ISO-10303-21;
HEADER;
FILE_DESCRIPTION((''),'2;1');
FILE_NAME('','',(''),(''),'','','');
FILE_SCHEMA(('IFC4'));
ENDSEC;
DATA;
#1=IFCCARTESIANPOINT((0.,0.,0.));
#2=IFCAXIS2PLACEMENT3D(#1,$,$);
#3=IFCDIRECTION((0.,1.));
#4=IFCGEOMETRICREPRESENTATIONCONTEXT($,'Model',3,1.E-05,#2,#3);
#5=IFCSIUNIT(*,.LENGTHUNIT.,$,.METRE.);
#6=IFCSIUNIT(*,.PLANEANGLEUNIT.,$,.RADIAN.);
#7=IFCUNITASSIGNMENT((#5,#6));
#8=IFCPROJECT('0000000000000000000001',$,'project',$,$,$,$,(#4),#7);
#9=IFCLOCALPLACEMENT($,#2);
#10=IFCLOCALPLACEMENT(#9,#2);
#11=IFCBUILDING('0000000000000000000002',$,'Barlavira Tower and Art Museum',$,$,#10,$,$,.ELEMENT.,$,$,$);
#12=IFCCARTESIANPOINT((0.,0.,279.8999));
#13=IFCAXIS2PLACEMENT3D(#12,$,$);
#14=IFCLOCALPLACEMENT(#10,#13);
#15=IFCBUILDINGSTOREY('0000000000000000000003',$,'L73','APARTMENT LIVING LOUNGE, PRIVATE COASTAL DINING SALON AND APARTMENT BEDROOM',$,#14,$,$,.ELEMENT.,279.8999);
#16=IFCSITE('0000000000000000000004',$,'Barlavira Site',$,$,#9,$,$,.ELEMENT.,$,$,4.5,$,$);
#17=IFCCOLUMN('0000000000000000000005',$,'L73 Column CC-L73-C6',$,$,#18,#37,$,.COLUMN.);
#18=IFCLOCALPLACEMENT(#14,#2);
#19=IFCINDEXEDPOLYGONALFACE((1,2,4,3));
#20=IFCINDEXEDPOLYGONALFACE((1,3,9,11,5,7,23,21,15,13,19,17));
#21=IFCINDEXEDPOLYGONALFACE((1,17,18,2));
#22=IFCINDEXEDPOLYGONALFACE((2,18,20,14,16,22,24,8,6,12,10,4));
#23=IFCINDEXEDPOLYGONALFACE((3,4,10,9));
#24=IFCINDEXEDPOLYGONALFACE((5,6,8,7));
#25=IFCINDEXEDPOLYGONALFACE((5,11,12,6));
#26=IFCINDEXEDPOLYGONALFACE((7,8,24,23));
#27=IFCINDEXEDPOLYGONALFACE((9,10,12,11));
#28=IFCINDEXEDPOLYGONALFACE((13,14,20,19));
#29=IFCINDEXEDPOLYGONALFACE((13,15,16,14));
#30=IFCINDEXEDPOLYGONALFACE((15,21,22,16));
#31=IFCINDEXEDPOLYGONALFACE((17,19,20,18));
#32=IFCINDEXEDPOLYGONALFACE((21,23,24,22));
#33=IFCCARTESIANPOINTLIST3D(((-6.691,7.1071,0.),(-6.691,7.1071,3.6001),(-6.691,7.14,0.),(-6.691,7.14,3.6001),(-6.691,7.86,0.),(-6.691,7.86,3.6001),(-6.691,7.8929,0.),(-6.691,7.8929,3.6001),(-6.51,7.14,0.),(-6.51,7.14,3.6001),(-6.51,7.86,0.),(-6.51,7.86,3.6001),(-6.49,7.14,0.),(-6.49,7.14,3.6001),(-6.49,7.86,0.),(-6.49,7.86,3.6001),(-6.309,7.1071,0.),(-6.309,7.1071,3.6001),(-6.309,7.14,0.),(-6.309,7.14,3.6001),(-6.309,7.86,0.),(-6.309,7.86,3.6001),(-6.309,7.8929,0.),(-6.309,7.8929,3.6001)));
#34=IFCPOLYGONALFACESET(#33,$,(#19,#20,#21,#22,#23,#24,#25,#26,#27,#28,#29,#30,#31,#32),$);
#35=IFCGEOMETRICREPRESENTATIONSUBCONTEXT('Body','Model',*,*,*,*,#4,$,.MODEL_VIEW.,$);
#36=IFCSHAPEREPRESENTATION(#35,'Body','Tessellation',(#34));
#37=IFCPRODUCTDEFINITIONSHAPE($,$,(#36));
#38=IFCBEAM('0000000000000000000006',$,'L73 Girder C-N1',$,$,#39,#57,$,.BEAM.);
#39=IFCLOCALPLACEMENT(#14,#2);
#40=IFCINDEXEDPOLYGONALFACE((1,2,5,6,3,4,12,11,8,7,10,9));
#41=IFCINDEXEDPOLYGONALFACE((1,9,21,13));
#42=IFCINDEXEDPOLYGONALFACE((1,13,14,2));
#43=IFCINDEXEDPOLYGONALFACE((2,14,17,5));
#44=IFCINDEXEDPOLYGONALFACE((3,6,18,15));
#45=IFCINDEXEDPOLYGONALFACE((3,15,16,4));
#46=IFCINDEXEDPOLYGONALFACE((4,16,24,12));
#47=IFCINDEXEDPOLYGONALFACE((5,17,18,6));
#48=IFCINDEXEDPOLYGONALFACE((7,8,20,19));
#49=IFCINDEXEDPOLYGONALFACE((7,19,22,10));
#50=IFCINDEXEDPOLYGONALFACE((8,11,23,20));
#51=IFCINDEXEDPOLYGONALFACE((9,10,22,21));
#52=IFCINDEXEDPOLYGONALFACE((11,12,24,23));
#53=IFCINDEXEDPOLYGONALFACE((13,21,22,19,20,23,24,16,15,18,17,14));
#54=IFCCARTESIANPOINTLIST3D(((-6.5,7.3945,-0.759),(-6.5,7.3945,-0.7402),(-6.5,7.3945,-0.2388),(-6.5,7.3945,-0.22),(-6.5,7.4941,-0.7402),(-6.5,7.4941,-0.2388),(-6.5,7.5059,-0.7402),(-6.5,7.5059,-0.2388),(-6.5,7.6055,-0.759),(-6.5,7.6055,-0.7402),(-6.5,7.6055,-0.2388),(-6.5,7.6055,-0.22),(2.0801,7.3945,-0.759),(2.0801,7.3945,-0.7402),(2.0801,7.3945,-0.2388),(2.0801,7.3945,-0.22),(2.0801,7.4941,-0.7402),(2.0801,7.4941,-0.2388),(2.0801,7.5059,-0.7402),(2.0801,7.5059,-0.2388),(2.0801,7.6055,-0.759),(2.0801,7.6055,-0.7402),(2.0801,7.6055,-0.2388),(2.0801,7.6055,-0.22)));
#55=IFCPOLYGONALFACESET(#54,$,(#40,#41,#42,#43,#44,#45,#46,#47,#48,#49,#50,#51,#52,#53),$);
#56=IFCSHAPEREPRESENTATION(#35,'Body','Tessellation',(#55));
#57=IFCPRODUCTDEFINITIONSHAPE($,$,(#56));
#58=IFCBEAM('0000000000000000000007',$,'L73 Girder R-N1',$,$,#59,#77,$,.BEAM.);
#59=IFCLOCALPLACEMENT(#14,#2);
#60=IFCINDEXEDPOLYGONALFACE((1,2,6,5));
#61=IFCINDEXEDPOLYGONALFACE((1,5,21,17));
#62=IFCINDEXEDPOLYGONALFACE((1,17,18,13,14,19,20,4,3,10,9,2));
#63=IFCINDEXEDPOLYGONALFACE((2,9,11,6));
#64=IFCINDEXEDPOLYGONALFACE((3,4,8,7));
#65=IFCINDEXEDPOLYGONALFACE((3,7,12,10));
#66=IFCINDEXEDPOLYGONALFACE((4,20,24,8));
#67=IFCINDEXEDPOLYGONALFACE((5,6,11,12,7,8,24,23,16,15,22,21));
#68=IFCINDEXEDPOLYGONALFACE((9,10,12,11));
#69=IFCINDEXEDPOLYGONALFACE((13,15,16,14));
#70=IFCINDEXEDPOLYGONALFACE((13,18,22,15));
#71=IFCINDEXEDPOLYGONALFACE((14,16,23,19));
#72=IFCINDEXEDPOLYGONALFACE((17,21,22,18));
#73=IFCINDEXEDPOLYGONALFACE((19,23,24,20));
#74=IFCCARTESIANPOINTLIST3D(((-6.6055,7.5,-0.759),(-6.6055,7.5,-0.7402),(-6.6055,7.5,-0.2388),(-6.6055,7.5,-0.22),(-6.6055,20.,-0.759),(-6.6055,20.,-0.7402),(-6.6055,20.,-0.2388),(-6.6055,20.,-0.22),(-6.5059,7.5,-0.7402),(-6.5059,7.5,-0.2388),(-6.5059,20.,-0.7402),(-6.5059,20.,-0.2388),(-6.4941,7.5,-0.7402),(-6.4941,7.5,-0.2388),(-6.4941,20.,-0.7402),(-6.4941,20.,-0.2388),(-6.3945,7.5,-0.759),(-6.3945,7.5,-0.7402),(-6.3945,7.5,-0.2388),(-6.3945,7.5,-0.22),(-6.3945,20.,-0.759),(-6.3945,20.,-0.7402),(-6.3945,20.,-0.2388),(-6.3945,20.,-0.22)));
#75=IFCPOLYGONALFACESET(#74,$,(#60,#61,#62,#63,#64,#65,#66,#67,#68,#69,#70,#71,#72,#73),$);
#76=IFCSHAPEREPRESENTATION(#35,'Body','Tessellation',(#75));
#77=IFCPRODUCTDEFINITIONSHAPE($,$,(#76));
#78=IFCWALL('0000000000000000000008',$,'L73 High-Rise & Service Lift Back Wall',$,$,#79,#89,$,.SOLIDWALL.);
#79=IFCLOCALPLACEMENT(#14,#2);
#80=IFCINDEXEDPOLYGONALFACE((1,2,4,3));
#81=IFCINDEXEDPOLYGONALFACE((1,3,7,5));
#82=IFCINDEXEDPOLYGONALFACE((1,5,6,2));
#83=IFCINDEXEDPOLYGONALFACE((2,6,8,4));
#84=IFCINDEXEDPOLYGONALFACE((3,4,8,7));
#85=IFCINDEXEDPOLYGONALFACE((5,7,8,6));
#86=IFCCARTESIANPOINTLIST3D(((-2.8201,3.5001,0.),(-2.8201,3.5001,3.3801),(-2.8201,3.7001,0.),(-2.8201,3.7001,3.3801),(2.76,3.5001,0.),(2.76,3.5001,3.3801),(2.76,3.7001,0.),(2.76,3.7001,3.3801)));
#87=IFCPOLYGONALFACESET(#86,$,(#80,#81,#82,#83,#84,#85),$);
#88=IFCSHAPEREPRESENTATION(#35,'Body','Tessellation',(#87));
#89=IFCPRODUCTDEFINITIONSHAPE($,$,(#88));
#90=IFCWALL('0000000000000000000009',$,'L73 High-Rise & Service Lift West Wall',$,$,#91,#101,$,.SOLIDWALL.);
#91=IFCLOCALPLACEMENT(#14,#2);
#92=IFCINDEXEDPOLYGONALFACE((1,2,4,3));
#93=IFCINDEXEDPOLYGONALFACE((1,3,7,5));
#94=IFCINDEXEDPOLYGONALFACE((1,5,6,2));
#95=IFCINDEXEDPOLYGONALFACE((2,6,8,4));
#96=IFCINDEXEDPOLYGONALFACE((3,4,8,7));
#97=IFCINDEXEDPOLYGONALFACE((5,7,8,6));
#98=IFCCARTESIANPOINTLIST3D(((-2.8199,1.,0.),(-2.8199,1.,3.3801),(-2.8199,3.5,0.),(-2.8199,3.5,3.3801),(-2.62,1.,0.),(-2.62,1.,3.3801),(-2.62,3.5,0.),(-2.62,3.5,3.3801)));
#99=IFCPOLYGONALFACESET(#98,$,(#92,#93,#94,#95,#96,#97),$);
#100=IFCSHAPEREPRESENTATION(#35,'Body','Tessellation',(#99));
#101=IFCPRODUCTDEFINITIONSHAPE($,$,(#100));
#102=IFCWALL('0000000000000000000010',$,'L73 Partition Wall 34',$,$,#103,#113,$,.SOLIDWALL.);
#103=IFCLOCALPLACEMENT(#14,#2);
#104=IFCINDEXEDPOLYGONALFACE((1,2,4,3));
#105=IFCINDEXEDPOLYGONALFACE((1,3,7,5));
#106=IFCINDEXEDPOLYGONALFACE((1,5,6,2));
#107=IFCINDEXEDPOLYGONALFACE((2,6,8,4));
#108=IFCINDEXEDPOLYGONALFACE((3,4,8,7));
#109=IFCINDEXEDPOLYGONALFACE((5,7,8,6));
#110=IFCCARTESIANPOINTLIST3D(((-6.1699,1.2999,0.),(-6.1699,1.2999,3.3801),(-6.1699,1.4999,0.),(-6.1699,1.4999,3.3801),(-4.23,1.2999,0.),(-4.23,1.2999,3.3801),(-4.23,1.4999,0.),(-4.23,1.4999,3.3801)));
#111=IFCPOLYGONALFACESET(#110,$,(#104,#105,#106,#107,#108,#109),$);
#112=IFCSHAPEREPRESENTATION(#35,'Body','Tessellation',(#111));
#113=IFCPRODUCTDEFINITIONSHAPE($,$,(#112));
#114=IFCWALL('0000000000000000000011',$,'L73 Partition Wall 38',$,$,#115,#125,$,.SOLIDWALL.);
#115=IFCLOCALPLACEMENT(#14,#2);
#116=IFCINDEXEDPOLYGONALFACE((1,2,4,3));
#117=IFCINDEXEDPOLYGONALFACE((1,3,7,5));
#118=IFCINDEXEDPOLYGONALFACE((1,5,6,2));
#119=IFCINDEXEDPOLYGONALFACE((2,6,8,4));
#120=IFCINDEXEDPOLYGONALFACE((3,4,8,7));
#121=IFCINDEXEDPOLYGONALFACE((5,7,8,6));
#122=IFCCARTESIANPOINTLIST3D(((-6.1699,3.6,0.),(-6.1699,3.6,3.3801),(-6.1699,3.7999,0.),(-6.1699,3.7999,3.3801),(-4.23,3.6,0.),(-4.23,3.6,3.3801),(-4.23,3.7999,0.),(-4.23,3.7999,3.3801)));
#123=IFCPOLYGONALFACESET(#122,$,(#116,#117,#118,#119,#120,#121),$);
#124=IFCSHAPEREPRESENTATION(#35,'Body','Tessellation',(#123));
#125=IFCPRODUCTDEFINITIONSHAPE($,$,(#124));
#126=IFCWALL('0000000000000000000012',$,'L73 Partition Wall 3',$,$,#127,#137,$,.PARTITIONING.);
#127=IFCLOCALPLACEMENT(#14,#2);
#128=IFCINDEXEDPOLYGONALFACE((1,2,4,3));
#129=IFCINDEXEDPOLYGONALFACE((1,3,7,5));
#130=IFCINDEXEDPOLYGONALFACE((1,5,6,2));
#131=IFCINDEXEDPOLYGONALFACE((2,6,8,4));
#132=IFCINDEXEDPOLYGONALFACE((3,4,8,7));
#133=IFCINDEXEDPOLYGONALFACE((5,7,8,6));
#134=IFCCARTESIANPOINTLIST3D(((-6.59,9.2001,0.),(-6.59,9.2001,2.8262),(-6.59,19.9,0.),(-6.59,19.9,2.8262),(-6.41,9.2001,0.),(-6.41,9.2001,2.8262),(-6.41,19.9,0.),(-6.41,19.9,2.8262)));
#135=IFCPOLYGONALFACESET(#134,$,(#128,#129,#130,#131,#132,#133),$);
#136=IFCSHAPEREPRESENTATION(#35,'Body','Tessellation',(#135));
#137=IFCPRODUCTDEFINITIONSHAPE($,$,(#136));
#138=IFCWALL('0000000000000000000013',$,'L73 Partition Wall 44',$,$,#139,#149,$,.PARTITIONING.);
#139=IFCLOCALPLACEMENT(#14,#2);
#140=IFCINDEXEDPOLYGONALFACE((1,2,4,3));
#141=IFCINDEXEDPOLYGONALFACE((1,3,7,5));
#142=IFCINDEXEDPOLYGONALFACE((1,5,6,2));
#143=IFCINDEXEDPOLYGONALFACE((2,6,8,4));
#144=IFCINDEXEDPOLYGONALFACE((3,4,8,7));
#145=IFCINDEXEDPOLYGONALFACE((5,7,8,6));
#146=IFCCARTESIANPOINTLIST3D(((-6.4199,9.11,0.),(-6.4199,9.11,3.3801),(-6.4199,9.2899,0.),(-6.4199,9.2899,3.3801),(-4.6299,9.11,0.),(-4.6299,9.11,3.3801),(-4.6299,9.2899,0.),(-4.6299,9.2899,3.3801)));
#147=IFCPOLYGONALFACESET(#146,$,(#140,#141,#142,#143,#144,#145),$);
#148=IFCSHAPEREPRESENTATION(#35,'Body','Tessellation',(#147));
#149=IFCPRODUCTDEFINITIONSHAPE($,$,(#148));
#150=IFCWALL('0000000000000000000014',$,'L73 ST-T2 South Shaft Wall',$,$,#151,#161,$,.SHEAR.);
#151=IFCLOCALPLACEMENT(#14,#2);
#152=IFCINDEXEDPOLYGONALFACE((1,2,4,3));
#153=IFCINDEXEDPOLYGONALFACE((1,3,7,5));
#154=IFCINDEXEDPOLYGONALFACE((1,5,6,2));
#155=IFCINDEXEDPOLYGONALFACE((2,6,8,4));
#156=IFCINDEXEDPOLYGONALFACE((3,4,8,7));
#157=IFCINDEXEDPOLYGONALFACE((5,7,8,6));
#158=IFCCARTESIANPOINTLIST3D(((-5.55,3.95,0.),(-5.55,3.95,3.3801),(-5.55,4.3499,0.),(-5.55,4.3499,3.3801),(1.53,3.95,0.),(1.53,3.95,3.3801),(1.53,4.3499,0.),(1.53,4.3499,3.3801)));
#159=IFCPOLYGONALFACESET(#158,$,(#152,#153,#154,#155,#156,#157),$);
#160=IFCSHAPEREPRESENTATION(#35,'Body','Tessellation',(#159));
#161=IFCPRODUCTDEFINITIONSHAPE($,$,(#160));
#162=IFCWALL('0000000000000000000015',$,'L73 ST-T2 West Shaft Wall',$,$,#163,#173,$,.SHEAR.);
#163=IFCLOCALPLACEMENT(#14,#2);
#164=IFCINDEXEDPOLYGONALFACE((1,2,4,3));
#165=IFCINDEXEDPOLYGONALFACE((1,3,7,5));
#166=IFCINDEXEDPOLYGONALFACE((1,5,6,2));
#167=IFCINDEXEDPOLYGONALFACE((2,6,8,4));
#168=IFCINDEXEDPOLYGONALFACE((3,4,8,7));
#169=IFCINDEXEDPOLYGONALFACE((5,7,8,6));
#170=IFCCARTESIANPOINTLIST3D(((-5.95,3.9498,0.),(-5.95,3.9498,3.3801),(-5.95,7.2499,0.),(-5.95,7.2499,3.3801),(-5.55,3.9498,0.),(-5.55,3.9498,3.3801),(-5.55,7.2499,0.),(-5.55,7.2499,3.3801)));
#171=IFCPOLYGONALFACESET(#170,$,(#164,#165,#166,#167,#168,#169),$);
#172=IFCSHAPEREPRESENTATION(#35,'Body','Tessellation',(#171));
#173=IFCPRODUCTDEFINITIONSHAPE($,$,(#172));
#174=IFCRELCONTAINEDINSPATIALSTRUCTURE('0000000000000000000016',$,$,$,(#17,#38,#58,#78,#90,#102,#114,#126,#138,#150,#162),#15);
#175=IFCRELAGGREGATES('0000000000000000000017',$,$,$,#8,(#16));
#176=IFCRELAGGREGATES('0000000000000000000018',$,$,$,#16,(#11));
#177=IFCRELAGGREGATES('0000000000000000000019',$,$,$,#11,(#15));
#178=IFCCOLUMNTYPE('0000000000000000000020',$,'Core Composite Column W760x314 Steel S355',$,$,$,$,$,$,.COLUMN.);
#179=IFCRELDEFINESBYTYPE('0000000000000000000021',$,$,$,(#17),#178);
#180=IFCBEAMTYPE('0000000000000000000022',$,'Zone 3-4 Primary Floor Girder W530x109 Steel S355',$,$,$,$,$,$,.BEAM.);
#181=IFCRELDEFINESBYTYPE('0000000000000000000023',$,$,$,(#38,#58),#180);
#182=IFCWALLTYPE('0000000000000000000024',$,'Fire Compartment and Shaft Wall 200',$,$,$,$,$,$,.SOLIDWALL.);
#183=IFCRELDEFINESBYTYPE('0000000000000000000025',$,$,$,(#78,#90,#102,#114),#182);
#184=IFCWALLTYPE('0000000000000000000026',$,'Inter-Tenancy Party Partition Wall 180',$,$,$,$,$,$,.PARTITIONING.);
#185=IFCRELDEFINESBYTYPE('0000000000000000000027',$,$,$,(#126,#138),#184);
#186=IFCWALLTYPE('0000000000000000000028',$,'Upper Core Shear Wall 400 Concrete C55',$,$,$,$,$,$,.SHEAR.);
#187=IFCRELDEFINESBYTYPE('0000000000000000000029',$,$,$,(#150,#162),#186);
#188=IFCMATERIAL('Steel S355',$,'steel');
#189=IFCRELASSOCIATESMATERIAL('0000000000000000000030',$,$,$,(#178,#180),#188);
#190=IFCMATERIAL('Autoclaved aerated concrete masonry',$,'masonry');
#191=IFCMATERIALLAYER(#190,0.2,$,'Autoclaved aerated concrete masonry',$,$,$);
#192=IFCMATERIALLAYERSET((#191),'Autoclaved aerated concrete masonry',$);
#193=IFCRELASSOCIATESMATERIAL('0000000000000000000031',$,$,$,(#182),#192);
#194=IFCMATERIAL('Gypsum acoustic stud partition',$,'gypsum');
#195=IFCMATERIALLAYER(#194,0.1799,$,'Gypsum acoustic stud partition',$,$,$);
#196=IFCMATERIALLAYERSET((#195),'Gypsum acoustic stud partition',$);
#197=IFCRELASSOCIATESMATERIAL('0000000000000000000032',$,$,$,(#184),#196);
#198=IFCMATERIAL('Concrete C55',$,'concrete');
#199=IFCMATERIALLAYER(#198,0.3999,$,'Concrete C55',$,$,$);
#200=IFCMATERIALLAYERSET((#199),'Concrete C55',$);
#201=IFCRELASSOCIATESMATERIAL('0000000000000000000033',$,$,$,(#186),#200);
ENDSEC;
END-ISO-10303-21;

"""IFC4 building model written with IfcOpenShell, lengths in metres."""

from ifc_helpers import new_model, si_unit, direction, frame, frame_2d, origin, origin_2d, place, context, subcontext, project, spatial, rectangle, i_section, extrude, material, layer, layer_set, material_profile, profile_set, type_object, element, save


model = new_model("IFC4")

# Units and contexts
model_context = context("Model", 3, precision=1e-05, world=origin(), true_north=direction((0.0, 1.0)))
body_context = subcontext(model_context, "Body", "Model", "MODEL_VIEW")
ifc_project = project(units=[si_unit("LENGTHUNIT", "METRE"), si_unit("PLANEANGLEUNIT", "RADIAN")], contexts=[model_context])

# Site, building, storey
site_placement = place(None, origin())
site = spatial("IfcSite", under=ifc_project, at=site_placement, Name="Barlavira Site", CompositionType="ELEMENT", RefElevation=4.5)
building_placement = place(site_placement, origin())
building = spatial("IfcBuilding", under=site, at=building_placement, Name="Barlavira Tower and Art Museum", CompositionType="ELEMENT")
storey_placement = place(building_placement, frame((0.0, 0.0, 279.8999)))
storey = spatial("IfcBuildingStorey", under=building, at=storey_placement, Name="L73", Description="APARTMENT LIVING LOUNGE, PRIVATE COASTAL DINING SALON AND APARTMENT BEDROOM", CompositionType="ELEMENT", Elevation=279.8999)

# Column
ifc_material_1 = material(Name="Steel S355", Category="steel")
ifc_material_profile_1 = material_profile(ifc_material_1, i_section(OverallWidth=0.3821, OverallDepth=0.7859, WebThickness=0.02, FlangeThickness=0.033, at=origin_2d()), Name="W760x314.0")
ifc_profile_set_1 = profile_set([ifc_material_profile_1], Name="Steel S355")
column_type = type_object("IfcColumnType", Name="Core Composite Column W760x314 Steel S355", PredefinedType="COLUMN", material=ifc_profile_set_1)
column_placement = place(storey_placement, frame((-6.5, 7.5, 0.0), z_axis=(0.0, 0.0, 1.0), x_axis=(1.0, 0.0, 0.0)))
element("IfcColumn", 1, at=column_placement, inside=storey, type_object=column_type, Name="L73 Column CC-L73-C6", PredefinedType="COLUMN", context=body_context, shape_type="SweptSolid", body=[
    extrude(i_section(OverallWidth=0.3821, OverallDepth=0.7859, WebThickness=0.02, FlangeThickness=0.033, at=origin_2d()), origin(), (0.0, 0.0, 1.0), 3.6001),
])

# Beams
ifc_material_profile_2 = material_profile(ifc_material_1, i_section(OverallWidth=0.2109, OverallDepth=0.5391, WebThickness=0.0117, FlangeThickness=0.0188, at=origin_2d()), Name="W530x109.0")
ifc_profile_set_2 = profile_set([ifc_material_profile_2], Name="Steel S355")
beam_type = type_object("IfcBeamType", Name="Zone 3-4 Primary Floor Girder W530x109 Steel S355", PredefinedType="BEAM", material=ifc_profile_set_2)
beam_1_placement = place(storey_placement, frame((-6.5, 7.5, -0.4895), z_axis=(1.0, 0.0, 0.0), x_axis=(0.0, 1.0, 0.0)))
element("IfcBeam", 2, at=beam_1_placement, inside=storey, type_object=beam_type, Name="L73 Girder C-N1", PredefinedType="BEAM", context=body_context, shape_type="SweptSolid", body=[
    extrude(i_section(OverallWidth=0.2109, OverallDepth=0.5391, WebThickness=0.0117, FlangeThickness=0.0188, at=origin_2d()), origin(), (0.0, 0.0, 1.0), 8.5801),
])
beam_2_placement = place(storey_placement, frame((-6.5, 7.5, -0.4895), z_axis=(0.0, 1.0, 0.0), x_axis=(-1.0, 0.0, 0.0)))
element("IfcBeam", 3, at=beam_2_placement, inside=storey, type_object=beam_type, Name="L73 Girder R-N1", PredefinedType="BEAM", context=body_context, shape_type="SweptSolid", body=[
    extrude(i_section(OverallWidth=0.2109, OverallDepth=0.5391, WebThickness=0.0117, FlangeThickness=0.0188, at=origin_2d()), origin(), (0.0, 0.0, 1.0), 12.5),
])

# Walls
ifc_material_2 = material(Name="Autoclaved aerated concrete masonry", Category="masonry")
ifc_layer_1 = layer(ifc_material_2, 0.2, Name="Autoclaved aerated concrete masonry")
ifc_layer_set_1 = layer_set([ifc_layer_1], Name="Autoclaved aerated concrete masonry")
wall_type_1 = type_object("IfcWallType", Name="Fire Compartment and Shaft Wall 200", PredefinedType="SOLIDWALL", material=ifc_layer_set_1)
wall_1_placement = place(storey_placement, frame((-2.8201, 3.6001, 0.0), z_axis=(0.0, 0.0, 1.0), x_axis=(1.0, 0.0, 0.0)))
element("IfcWall", 4, at=wall_1_placement, inside=storey, type_object=wall_type_1, Name="L73 High-Rise & Service Lift Back Wall", PredefinedType="SOLIDWALL", context=body_context, shape_type="SweptSolid", body=[
    extrude(rectangle(XDim=5.5801, YDim=0.2, at=frame_2d((2.79, 0.0))), origin(), (0.0, 0.0, 1.0), 3.3801),
])
wall_2_placement = place(storey_placement, frame((-2.72, 1.0, 0.0), z_axis=(0.0, 0.0, 1.0), x_axis=(0.0, 1.0, 0.0)))
element("IfcWall", 5, at=wall_2_placement, inside=storey, type_object=wall_type_1, Name="L73 High-Rise & Service Lift West Wall", PredefinedType="SOLIDWALL", context=body_context, shape_type="SweptSolid", body=[
    extrude(rectangle(XDim=2.5, YDim=0.2, at=frame_2d((1.25, 0.0))), origin(), (0.0, 0.0, 1.0), 3.3801),
])
for number, where, z_axis, x_axis, name in (
    (6, (-6.1699, 1.3999, 0.0), (0.0, 0.0, 1.0), (1.0, 0.0, 0.0), "L73 Partition Wall 34"),
    (7, (-6.1699, 3.7, 0.0), (0.0, 0.0, 1.0), (1.0, 0.0, 0.0), "L73 Partition Wall 38"),
):
    element("IfcWall", number, at=place(storey_placement, frame(where, z_axis=z_axis, x_axis=x_axis)), inside=storey, type_object=wall_type_1, Name=name, PredefinedType="SOLIDWALL", context=body_context, shape_type="SweptSolid", body=[
        extrude(rectangle(XDim=1.9399, YDim=0.2, at=frame_2d((0.97, 0.0))), origin(), (0.0, 0.0, 1.0), 3.3801),
    ])
ifc_material_3 = material(Name="Gypsum acoustic stud partition", Category="gypsum")
ifc_layer_2 = layer(ifc_material_3, 0.1799, Name="Gypsum acoustic stud partition")
ifc_layer_set_2 = layer_set([ifc_layer_2], Name="Gypsum acoustic stud partition")
wall_type_2 = type_object("IfcWallType", Name="Inter-Tenancy Party Partition Wall 180", PredefinedType="PARTITIONING", material=ifc_layer_set_2)
wall_3_placement = place(storey_placement, frame((-6.5, 9.2, 0.0), z_axis=(0.0, 0.0, 1.0), x_axis=(0.0, 1.0, 0.0)))
element("IfcWall", 8, at=wall_3_placement, inside=storey, type_object=wall_type_2, Name="L73 Partition Wall 3", PredefinedType="PARTITIONING", context=body_context, shape_type="SweptSolid", body=[
    extrude(rectangle(XDim=10.7, YDim=0.1799, at=frame_2d((5.3501, 0.0))), origin(), (0.0, 0.0, 1.0), 2.8262),
])
wall_4_placement = place(storey_placement, frame((-6.4199, 9.2, 0.0), z_axis=(0.0, 0.0, 1.0), x_axis=(1.0, 0.0, 0.0)))
element("IfcWall", 9, at=wall_4_placement, inside=storey, type_object=wall_type_2, Name="L73 Partition Wall 44", PredefinedType="PARTITIONING", context=body_context, shape_type="SweptSolid", body=[
    extrude(rectangle(XDim=1.79, YDim=0.1799, at=frame_2d((0.895, 0.0))), origin(), (0.0, 0.0, 1.0), 3.3801),
])
ifc_material_4 = material(Name="Concrete C55", Category="concrete")
ifc_layer_3 = layer(ifc_material_4, 0.3999, Name="Concrete C55")
ifc_layer_set_3 = layer_set([ifc_layer_3], Name="Concrete C55")
wall_type_3 = type_object("IfcWallType", Name="Upper Core Shear Wall 400 Concrete C55", PredefinedType="SHEAR", material=ifc_layer_set_3)
wall_5_placement = place(storey_placement, frame((-5.55, 4.1499, 0.0), z_axis=(0.0, 0.0, 1.0), x_axis=(1.0, 0.0, 0.0)))
element("IfcWall", 10, at=wall_5_placement, inside=storey, type_object=wall_type_3, Name="L73 ST-T2 South Shaft Wall", PredefinedType="SHEAR", context=body_context, shape_type="SweptSolid", body=[
    extrude(rectangle(XDim=7.0801, YDim=0.3999, at=frame_2d((3.54, 0.0))), origin(), (0.0, 0.0, 1.0), 3.3801),
])
wall_6_placement = place(storey_placement, frame((-5.75, 3.95, 0.0), z_axis=(0.0, 0.0, 1.0), x_axis=(0.0, 1.0, 0.0)))
element("IfcWall", 11, at=wall_6_placement, inside=storey, type_object=wall_type_3, Name="L73 ST-T2 West Shaft Wall", PredefinedType="SHEAR", context=body_context, shape_type="SweptSolid", body=[
    extrude(rectangle(XDim=3.3, YDim=0.3999, at=frame_2d((1.6499, 0.0))), origin(), (0.0, 0.0, 1.0), 3.3801),
])

save(model, "model.ifc")
